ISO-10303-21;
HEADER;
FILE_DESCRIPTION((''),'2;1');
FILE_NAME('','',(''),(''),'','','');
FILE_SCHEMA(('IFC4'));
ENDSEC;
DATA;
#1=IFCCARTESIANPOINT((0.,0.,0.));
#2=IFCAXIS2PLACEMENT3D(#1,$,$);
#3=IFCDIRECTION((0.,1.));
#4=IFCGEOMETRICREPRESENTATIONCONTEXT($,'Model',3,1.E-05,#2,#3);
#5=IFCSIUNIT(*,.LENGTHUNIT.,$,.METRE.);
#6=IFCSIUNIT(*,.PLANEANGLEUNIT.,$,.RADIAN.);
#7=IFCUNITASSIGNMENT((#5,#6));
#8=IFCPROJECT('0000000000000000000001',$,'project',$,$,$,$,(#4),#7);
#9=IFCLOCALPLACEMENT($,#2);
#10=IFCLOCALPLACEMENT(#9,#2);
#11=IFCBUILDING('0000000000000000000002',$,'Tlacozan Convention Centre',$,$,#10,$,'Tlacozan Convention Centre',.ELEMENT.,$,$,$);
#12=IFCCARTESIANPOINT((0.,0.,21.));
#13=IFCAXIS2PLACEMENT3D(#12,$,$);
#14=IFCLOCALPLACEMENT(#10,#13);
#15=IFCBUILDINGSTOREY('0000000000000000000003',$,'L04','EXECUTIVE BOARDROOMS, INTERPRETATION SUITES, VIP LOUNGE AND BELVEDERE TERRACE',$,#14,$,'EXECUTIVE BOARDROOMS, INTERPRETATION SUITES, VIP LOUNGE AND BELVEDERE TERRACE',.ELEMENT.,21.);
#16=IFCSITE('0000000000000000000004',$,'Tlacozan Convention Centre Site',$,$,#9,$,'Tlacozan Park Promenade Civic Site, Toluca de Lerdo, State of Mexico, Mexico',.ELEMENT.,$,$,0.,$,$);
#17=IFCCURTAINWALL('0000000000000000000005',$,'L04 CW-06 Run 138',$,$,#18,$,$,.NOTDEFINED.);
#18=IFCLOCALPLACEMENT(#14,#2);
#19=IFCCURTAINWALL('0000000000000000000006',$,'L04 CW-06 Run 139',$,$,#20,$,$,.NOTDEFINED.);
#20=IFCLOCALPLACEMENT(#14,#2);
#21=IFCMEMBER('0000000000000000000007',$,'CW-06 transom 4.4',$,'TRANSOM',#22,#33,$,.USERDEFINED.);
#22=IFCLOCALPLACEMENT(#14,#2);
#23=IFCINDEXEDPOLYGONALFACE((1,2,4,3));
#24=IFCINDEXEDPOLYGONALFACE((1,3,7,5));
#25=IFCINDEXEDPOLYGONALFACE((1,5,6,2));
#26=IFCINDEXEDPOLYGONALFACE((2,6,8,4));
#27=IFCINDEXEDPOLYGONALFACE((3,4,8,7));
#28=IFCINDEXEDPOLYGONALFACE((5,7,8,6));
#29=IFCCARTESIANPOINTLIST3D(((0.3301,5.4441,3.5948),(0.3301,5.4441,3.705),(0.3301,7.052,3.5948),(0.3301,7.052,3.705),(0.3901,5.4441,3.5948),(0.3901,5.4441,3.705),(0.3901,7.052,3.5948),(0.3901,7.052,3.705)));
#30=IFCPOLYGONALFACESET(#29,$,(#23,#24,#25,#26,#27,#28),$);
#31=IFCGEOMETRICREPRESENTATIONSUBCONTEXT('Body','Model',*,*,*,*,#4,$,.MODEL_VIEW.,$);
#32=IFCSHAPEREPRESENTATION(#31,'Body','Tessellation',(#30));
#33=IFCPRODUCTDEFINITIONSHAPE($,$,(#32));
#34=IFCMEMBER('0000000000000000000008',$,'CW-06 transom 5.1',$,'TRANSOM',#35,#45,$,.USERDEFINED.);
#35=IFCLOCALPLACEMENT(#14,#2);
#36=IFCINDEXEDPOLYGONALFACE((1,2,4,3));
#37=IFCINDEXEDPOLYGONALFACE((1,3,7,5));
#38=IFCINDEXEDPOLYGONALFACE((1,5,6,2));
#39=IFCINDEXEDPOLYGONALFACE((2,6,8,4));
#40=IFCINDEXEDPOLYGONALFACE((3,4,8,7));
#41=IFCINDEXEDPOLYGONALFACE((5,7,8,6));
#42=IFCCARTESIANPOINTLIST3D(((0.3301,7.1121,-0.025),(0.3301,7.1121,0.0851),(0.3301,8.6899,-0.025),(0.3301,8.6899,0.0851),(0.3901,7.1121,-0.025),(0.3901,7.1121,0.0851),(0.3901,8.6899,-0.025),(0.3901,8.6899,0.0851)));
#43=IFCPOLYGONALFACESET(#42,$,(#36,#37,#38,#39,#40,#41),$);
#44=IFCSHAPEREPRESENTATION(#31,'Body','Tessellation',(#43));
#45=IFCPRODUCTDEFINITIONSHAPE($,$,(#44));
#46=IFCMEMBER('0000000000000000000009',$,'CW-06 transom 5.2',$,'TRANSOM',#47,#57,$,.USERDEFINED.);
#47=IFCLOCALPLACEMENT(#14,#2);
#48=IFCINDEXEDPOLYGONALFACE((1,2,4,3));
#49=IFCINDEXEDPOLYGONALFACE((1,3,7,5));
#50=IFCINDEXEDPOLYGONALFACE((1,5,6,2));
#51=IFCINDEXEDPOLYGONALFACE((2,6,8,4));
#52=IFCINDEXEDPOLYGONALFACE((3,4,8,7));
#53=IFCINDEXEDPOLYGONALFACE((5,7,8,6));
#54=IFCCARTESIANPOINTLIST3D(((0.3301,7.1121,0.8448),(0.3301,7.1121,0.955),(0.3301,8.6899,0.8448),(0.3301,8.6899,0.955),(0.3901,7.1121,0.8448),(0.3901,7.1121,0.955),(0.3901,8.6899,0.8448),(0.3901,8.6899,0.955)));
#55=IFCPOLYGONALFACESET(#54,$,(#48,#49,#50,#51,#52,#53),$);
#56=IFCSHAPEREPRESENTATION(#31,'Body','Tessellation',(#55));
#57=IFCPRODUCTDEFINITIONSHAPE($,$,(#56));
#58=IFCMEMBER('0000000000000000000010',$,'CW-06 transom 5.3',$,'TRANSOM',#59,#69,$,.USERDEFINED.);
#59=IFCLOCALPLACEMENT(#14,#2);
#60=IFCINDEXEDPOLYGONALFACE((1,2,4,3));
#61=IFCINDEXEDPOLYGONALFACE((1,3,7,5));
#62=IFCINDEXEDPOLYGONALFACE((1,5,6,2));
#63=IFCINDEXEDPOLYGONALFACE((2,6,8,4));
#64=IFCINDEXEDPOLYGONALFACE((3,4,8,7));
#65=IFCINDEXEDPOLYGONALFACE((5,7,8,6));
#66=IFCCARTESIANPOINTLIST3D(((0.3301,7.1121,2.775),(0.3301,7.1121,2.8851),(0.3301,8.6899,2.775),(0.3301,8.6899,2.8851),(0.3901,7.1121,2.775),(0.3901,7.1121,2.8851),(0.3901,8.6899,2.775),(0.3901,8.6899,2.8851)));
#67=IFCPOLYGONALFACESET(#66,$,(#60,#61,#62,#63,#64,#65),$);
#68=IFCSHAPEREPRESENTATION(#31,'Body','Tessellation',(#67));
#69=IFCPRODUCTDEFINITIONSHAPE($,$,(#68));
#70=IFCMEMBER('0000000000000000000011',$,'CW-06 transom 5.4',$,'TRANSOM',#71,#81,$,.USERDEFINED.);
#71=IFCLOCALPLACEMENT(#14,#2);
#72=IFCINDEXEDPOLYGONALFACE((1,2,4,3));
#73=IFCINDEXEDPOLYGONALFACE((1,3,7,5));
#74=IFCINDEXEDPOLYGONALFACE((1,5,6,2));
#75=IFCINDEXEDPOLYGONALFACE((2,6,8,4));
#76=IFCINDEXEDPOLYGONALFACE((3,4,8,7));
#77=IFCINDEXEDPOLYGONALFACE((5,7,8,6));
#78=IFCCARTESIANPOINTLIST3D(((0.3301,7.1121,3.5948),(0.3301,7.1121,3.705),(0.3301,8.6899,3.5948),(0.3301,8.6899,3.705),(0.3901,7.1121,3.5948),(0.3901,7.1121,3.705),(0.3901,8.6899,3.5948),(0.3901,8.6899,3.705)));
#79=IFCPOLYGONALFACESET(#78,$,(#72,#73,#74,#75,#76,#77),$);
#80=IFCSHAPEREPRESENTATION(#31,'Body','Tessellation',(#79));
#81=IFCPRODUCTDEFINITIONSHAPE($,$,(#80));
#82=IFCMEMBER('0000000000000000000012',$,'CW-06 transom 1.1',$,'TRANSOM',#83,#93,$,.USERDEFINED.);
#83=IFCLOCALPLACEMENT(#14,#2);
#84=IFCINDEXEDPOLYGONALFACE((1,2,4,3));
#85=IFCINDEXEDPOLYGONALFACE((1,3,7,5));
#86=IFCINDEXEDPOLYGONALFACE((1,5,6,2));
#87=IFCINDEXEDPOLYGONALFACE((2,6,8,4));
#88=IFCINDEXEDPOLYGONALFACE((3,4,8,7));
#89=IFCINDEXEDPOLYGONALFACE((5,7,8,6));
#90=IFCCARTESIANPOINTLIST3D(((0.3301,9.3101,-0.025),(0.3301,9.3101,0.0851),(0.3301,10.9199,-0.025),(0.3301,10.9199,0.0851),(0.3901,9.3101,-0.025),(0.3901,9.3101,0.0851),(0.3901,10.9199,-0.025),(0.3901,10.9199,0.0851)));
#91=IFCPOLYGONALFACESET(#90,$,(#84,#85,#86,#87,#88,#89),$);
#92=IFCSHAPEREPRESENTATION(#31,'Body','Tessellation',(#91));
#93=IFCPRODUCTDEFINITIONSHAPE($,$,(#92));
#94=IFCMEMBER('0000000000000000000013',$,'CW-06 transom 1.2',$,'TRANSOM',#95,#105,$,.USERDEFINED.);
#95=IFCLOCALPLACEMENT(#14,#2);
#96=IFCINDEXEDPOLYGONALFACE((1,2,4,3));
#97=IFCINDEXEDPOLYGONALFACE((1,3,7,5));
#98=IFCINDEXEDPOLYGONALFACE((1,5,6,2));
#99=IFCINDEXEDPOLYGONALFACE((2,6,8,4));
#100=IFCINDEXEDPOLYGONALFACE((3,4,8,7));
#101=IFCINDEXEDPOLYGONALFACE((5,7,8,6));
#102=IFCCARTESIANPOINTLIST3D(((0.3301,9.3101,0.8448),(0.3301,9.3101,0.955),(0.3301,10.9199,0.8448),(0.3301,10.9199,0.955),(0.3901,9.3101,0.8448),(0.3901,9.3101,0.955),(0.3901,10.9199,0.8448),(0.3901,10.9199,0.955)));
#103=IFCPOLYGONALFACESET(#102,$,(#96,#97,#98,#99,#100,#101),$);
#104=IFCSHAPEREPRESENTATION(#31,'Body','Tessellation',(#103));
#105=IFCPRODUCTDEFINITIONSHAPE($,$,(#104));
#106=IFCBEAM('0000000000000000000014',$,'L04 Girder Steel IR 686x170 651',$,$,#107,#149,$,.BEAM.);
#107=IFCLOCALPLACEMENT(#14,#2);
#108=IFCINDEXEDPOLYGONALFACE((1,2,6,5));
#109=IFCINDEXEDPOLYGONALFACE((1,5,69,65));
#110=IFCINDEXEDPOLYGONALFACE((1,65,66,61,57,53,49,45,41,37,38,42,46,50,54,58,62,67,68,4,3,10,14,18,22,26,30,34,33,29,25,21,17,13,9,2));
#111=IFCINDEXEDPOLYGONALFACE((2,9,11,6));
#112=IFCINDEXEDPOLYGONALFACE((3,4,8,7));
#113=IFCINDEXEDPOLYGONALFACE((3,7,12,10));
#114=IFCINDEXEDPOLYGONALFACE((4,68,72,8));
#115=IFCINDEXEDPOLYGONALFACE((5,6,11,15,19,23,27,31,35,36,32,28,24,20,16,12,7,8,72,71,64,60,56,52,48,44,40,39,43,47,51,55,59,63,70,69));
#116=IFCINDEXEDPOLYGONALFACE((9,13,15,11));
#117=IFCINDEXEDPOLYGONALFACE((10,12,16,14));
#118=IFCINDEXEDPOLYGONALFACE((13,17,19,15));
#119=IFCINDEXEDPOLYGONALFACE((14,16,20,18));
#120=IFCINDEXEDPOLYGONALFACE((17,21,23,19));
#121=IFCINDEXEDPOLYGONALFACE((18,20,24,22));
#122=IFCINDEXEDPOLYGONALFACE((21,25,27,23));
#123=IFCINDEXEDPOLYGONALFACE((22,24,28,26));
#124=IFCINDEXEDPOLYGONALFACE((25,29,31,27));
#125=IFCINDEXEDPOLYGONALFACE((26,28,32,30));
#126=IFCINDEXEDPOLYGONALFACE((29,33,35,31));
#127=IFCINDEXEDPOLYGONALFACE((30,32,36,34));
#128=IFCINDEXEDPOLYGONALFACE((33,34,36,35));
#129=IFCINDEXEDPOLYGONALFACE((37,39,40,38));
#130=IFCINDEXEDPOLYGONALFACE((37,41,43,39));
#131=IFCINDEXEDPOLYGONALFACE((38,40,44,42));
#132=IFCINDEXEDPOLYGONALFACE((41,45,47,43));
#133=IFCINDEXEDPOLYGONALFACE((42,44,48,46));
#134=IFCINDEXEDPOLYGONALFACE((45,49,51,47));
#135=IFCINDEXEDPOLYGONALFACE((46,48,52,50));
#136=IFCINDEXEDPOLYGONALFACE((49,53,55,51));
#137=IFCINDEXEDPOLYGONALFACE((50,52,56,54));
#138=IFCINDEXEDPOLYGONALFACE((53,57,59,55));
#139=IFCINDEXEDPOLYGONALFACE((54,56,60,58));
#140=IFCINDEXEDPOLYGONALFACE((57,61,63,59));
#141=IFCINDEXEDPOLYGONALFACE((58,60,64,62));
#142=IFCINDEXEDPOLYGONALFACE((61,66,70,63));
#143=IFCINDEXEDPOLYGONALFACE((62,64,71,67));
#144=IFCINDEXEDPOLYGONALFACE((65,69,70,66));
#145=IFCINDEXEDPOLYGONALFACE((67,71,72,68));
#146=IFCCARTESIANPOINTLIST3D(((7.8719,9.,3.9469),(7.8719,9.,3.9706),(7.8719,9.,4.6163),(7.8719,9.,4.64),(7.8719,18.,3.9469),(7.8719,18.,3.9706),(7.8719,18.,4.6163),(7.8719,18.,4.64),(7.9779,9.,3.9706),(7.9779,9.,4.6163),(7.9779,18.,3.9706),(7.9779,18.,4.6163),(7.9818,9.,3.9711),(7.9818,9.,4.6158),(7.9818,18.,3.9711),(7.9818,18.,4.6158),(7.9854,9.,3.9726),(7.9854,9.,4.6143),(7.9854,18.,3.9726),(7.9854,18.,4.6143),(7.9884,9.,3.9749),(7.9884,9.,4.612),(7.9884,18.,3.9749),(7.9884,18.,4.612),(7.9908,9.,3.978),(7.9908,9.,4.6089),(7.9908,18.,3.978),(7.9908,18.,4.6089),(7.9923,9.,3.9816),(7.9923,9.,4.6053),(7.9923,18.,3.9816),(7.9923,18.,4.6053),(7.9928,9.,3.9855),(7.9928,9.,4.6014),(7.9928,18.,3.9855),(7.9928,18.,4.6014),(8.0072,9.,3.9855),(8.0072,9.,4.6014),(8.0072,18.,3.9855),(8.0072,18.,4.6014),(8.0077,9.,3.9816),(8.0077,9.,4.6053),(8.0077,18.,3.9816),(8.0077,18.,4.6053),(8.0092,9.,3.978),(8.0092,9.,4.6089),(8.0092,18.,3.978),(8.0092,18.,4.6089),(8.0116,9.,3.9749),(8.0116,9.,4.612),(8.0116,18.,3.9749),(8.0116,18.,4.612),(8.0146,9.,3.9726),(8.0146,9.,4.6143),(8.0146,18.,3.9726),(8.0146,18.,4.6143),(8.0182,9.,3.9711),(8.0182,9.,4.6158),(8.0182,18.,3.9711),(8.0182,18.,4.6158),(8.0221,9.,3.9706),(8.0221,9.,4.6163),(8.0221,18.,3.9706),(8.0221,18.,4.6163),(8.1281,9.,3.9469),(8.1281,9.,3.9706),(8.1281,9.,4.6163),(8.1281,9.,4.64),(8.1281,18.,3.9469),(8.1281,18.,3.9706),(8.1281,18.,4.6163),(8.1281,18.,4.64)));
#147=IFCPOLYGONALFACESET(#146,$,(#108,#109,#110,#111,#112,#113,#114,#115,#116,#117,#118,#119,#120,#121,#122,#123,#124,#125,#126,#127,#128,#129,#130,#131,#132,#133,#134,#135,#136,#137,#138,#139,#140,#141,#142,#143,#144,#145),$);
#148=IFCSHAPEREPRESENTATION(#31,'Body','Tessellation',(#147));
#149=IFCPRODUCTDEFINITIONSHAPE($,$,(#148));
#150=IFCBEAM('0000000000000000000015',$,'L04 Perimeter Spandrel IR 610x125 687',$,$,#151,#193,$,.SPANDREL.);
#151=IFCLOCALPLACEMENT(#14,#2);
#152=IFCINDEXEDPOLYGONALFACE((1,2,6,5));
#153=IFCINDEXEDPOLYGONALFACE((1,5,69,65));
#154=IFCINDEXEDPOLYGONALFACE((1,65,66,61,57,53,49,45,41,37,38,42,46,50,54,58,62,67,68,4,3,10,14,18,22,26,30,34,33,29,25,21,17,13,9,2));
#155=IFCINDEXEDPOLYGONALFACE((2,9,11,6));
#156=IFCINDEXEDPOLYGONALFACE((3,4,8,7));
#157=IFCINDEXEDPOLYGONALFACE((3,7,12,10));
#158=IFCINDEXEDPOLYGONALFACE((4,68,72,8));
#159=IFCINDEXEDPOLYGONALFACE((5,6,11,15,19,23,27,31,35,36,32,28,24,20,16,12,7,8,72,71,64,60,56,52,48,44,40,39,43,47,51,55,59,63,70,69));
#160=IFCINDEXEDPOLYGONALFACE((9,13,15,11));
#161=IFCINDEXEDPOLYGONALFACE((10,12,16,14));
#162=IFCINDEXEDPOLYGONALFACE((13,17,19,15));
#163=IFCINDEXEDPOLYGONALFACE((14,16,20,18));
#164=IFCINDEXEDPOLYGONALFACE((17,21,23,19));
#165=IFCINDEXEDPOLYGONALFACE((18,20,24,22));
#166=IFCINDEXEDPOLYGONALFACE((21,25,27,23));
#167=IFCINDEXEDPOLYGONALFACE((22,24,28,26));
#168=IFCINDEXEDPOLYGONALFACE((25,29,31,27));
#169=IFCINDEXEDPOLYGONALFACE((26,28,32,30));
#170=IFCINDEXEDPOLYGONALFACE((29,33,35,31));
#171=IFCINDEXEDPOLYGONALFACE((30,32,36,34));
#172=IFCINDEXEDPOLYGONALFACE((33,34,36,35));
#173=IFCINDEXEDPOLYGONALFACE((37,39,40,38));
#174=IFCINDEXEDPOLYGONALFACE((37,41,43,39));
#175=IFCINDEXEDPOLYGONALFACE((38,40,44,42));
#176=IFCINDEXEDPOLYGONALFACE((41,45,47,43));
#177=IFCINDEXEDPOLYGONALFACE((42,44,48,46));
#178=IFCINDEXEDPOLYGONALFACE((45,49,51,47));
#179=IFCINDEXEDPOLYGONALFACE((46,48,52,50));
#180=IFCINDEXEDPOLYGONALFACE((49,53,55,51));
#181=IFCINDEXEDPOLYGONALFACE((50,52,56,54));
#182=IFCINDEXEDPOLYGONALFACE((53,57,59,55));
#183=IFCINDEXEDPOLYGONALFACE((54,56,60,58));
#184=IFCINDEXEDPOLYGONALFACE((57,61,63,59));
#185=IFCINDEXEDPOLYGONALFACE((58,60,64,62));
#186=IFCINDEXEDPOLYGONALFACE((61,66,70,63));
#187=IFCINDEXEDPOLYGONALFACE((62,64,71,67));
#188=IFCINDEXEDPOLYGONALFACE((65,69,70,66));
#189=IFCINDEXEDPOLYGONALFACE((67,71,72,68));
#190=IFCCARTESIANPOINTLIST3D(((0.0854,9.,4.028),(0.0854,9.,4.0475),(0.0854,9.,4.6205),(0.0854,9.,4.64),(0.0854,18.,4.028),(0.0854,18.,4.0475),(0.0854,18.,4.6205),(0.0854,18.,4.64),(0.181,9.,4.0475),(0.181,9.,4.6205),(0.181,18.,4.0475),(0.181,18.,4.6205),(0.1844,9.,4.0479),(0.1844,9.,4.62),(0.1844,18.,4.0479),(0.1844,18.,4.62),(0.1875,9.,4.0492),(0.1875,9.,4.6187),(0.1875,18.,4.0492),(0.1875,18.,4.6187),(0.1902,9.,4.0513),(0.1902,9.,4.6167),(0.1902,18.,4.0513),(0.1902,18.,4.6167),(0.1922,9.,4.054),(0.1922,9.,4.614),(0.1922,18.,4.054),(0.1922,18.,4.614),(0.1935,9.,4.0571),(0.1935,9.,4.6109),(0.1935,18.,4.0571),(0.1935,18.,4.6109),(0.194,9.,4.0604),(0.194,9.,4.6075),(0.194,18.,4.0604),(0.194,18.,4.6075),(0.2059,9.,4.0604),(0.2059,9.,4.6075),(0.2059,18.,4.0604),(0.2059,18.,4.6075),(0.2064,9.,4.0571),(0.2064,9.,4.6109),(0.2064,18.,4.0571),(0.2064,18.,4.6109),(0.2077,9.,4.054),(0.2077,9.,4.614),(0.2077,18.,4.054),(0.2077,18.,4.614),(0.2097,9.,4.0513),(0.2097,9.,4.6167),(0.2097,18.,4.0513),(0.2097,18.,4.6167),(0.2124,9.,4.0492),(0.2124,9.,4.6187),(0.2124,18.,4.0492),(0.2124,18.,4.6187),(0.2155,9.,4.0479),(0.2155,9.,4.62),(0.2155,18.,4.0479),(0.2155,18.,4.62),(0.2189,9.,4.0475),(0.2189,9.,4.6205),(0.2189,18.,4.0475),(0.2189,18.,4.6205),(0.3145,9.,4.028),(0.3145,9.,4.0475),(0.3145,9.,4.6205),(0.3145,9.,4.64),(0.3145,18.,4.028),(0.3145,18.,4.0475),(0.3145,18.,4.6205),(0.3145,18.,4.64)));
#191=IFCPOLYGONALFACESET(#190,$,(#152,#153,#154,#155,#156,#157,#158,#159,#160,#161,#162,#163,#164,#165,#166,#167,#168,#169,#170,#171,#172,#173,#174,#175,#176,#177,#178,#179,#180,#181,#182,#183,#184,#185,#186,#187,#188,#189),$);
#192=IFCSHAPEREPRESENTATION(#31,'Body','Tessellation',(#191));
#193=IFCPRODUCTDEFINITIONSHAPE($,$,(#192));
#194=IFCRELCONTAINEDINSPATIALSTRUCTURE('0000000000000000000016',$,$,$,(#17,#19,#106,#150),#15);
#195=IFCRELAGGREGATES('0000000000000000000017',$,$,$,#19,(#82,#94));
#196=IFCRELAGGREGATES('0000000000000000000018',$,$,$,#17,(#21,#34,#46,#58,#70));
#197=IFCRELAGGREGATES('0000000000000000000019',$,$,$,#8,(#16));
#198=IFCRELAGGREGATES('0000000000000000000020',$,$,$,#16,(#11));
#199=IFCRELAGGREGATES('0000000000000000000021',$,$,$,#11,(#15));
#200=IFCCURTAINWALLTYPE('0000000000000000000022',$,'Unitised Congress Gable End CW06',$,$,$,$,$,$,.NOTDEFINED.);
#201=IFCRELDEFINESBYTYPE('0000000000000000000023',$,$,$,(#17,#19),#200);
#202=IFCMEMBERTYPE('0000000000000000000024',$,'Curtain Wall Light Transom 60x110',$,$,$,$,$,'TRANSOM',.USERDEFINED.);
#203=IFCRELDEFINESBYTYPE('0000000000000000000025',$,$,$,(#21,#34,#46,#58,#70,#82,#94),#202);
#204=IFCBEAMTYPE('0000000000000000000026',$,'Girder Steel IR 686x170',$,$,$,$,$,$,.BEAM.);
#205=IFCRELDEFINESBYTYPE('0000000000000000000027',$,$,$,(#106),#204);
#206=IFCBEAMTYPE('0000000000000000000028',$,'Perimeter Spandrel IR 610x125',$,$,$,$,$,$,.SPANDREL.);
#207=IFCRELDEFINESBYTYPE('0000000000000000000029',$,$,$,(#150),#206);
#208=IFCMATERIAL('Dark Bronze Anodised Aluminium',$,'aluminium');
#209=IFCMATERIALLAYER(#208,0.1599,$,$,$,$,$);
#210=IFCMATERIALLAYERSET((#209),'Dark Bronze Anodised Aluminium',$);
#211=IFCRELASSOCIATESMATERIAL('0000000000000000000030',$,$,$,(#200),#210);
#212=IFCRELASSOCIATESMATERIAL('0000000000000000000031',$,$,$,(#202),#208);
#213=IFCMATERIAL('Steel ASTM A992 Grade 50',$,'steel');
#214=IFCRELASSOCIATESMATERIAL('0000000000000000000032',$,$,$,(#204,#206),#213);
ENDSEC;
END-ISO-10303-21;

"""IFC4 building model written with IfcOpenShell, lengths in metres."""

from ifc_helpers import new_model, si_unit, direction, frame, origin, origin_2d, place, context, subcontext, project, spatial, rectangle, i_section, extrude, material, layer, layer_set, material_profile, profile_set, type_object, element, aggregate, save


model = new_model("IFC4")

# Units and contexts
model_context = context("Model", 3, precision=1e-05, world=origin(), true_north=direction((0.0, 1.0)))
body_context = subcontext(model_context, "Body", "Model", "MODEL_VIEW")
ifc_project = project(units=[si_unit("LENGTHUNIT", "METRE"), si_unit("PLANEANGLEUNIT", "RADIAN")], contexts=[model_context])

# Site, building, storey
site_placement = place(None, origin())
site = spatial("IfcSite", under=ifc_project, at=site_placement, Name="Tlacozan Convention Centre Site", LongName="Tlacozan Park Promenade Civic Site, Toluca de Lerdo, State of Mexico, Mexico", CompositionType="ELEMENT", RefElevation=0.0)
building_placement = place(site_placement, origin())
building = spatial("IfcBuilding", under=site, at=building_placement, Name="Tlacozan Convention Centre", LongName="Tlacozan Convention Centre", CompositionType="ELEMENT")
storey_placement = place(building_placement, frame((0.0, 0.0, 21.0)))
storey = spatial("IfcBuildingStorey", under=building, at=storey_placement, Name="L04", Description="EXECUTIVE BOARDROOMS, INTERPRETATION SUITES, VIP LOUNGE AND BELVEDERE TERRACE", LongName="EXECUTIVE BOARDROOMS, INTERPRETATION SUITES, VIP LOUNGE AND BELVEDERE TERRACE", CompositionType="ELEMENT", Elevation=21.0)

# Shared definitions
ifc_material_1 = material(Name="Steel ASTM A992 Grade 50", Category="steel")

# Curtain wall
ifc_material_2 = material(Name="Dark Bronze Anodised Aluminium", Category="aluminium")
ifc_layer_1 = layer(ifc_material_2, 0.1599)
ifc_layer_set_1 = layer_set([ifc_layer_1], Name="Dark Bronze Anodised Aluminium")
curtain_wall_type = type_object("IfcCurtainWallType", Name="Unitised Congress Gable End CW06", PredefinedType="NOTDEFINED", material=ifc_layer_set_1)
curtain_wall_1_placement = place(storey_placement, origin())
curtain_wall_1 = element("IfcCurtainWall", 1, at=curtain_wall_1_placement, inside=storey, type_object=curtain_wall_type, Name="L04 CW-06 Run 138", PredefinedType="NOTDEFINED")

# Curtain wall
curtain_wall_2_placement = place(storey_placement, origin())
curtain_wall_2 = element("IfcCurtainWall", 2, at=curtain_wall_2_placement, inside=storey, type_object=curtain_wall_type, Name="L04 CW-06 Run 139", PredefinedType="NOTDEFINED")

# Members
ifc_material_profile_1 = material_profile(ifc_material_2, rectangle(XDim=0.0601, YDim=0.1101, at=origin_2d()), Name="ALU 60x110")
ifc_profile_set_1 = profile_set([ifc_material_profile_1], Name="Dark Bronze Anodised Aluminium")
member_type_1 = type_object("IfcMemberType", Name="Curtain Wall Light Transom 60x110", ElementType="TRANSOM", PredefinedType="USERDEFINED", material=ifc_profile_set_1)
member_1_placement = place(storey_placement, frame((0.3601, 5.4441, 3.6499), z_axis=(0.0, 1.0, 0.0), x_axis=(-1.0, 0.0, 0.0)))
member_1 = element("IfcMember", 3, at=member_1_placement, type_object=member_type_1, Name="CW-06 transom 4.4", ObjectType="TRANSOM", PredefinedType="USERDEFINED", context=body_context, shape_type="SweptSolid", body=[
    extrude(rectangle(XDim=0.0601, YDim=0.1101, at=origin_2d()), origin(), (0.0, 0.0, 1.0), 1.6079),
])
member_2_placement = place(storey_placement, frame((0.3601, 7.1121, 0.03), z_axis=(0.0, 1.0, 0.0), x_axis=(-1.0, 0.0, 0.0)))
member_2 = element("IfcMember", 4, at=member_2_placement, type_object=member_type_1, Name="CW-06 transom 5.1", ObjectType="TRANSOM", PredefinedType="USERDEFINED", context=body_context, shape_type="SweptSolid", body=[
    extrude(rectangle(XDim=0.0601, YDim=0.1101, at=origin_2d()), origin(), (0.0, 0.0, 1.0), 1.5779),
])
member_3_placement = place(storey_placement, frame((0.3601, 7.1121, 0.8999), z_axis=(0.0, 1.0, 0.0), x_axis=(-1.0, 0.0, 0.0)))
member_3 = element("IfcMember", 5, at=member_3_placement, type_object=member_type_1, Name="CW-06 transom 5.2", ObjectType="TRANSOM", PredefinedType="USERDEFINED", context=body_context, shape_type="SweptSolid", body=[
    extrude(rectangle(XDim=0.0601, YDim=0.1101, at=origin_2d()), origin(), (0.0, 0.0, 1.0), 1.5779),
])
member_4_placement = place(storey_placement, frame((0.3601, 7.1121, 2.8301), z_axis=(0.0, 1.0, 0.0), x_axis=(-1.0, 0.0, 0.0)))
member_4 = element("IfcMember", 6, at=member_4_placement, type_object=member_type_1, Name="CW-06 transom 5.3", ObjectType="TRANSOM", PredefinedType="USERDEFINED", context=body_context, shape_type="SweptSolid", body=[
    extrude(rectangle(XDim=0.0601, YDim=0.1101, at=origin_2d()), origin(), (0.0, 0.0, 1.0), 1.5779),
])
member_5_placement = place(storey_placement, frame((0.3601, 7.1121, 3.6499), z_axis=(0.0, 1.0, 0.0), x_axis=(-1.0, 0.0, 0.0)))
member_5 = element("IfcMember", 7, at=member_5_placement, type_object=member_type_1, Name="CW-06 transom 5.4", ObjectType="TRANSOM", PredefinedType="USERDEFINED", context=body_context, shape_type="SweptSolid", body=[
    extrude(rectangle(XDim=0.0601, YDim=0.1101, at=origin_2d()), origin(), (0.0, 0.0, 1.0), 1.5779),
])
member_6_placement = place(storey_placement, frame((0.3601, 9.3101, 0.03), z_axis=(0.0, 1.0, 0.0), x_axis=(-1.0, 0.0, 0.0)))
member_6 = element("IfcMember", 8, at=member_6_placement, type_object=member_type_1, Name="CW-06 transom 1.1", ObjectType="TRANSOM", PredefinedType="USERDEFINED", context=body_context, shape_type="SweptSolid", body=[
    extrude(rectangle(XDim=0.0601, YDim=0.1101, at=origin_2d()), origin(), (0.0, 0.0, 1.0), 1.6099),
])
member_7_placement = place(storey_placement, frame((0.3601, 9.3101, 0.8999), z_axis=(0.0, 1.0, 0.0), x_axis=(-1.0, 0.0, 0.0)))
member_7 = element("IfcMember", 9, at=member_7_placement, type_object=member_type_1, Name="CW-06 transom 1.2", ObjectType="TRANSOM", PredefinedType="USERDEFINED", context=body_context, shape_type="SweptSolid", body=[
    extrude(rectangle(XDim=0.0601, YDim=0.1101, at=origin_2d()), origin(), (0.0, 0.0, 1.0), 1.6099),
])
aggregate(curtain_wall_2, [member_6, member_7])

# Beams
ifc_material_profile_2 = material_profile(ifc_material_1, i_section(OverallWidth=0.2561, OverallDepth=0.6931, WebThickness=0.0144, FlangeThickness=0.0237, FilletRadius=0.0149, at=origin_2d()), Name="IR 686x170.0")
ifc_profile_set_2 = profile_set([ifc_material_profile_2], Name="Steel ASTM A992 Grade 50")
beam_type_1 = type_object("IfcBeamType", Name="Girder Steel IR 686x170", PredefinedType="BEAM", material=ifc_profile_set_2)
beam_1_placement = place(storey_placement, frame((8.0, 9.0, 4.2935), z_axis=(0.0, 1.0, 0.0), x_axis=(-1.0, 0.0, 0.0)))
element("IfcBeam", 10, at=beam_1_placement, inside=storey, type_object=beam_type_1, Name="L04 Girder Steel IR 686x170 651", PredefinedType="BEAM", context=body_context, shape_type="SweptSolid", body=[
    extrude(i_section(OverallWidth=0.2561, OverallDepth=0.6931, WebThickness=0.0144, FlangeThickness=0.0237, FilletRadius=0.0149, at=origin_2d()), origin(), (0.0, 0.0, 1.0), 9.0),
])
ifc_material_profile_3 = material_profile(ifc_material_1, i_section(OverallWidth=0.229, OverallDepth=0.6121, WebThickness=0.012, FlangeThickness=0.0195, FilletRadius=0.0129, at=origin_2d()), Name="IR 610x125.0")
ifc_profile_set_3 = profile_set([ifc_material_profile_3], Name="Steel ASTM A992 Grade 50")
beam_type_2 = type_object("IfcBeamType", Name="Perimeter Spandrel IR 610x125", PredefinedType="SPANDREL", material=ifc_profile_set_3)
beam_2_placement = place(storey_placement, frame((0.2, 9.0, 4.334), z_axis=(0.0, 1.0, 0.0), x_axis=(-1.0, 0.0, 0.0)))
element("IfcBeam", 11, at=beam_2_placement, inside=storey, type_object=beam_type_2, Name="L04 Perimeter Spandrel IR 610x125 687", PredefinedType="SPANDREL", context=body_context, shape_type="SweptSolid", body=[
    extrude(i_section(OverallWidth=0.229, OverallDepth=0.6121, WebThickness=0.012, FlangeThickness=0.0195, FilletRadius=0.0129, at=origin_2d()), origin(), (0.0, 0.0, 1.0), 9.0),
])

aggregate(curtain_wall_1, [member_1, member_2, member_3, member_4, member_5])

save(model, "model.ifc")
